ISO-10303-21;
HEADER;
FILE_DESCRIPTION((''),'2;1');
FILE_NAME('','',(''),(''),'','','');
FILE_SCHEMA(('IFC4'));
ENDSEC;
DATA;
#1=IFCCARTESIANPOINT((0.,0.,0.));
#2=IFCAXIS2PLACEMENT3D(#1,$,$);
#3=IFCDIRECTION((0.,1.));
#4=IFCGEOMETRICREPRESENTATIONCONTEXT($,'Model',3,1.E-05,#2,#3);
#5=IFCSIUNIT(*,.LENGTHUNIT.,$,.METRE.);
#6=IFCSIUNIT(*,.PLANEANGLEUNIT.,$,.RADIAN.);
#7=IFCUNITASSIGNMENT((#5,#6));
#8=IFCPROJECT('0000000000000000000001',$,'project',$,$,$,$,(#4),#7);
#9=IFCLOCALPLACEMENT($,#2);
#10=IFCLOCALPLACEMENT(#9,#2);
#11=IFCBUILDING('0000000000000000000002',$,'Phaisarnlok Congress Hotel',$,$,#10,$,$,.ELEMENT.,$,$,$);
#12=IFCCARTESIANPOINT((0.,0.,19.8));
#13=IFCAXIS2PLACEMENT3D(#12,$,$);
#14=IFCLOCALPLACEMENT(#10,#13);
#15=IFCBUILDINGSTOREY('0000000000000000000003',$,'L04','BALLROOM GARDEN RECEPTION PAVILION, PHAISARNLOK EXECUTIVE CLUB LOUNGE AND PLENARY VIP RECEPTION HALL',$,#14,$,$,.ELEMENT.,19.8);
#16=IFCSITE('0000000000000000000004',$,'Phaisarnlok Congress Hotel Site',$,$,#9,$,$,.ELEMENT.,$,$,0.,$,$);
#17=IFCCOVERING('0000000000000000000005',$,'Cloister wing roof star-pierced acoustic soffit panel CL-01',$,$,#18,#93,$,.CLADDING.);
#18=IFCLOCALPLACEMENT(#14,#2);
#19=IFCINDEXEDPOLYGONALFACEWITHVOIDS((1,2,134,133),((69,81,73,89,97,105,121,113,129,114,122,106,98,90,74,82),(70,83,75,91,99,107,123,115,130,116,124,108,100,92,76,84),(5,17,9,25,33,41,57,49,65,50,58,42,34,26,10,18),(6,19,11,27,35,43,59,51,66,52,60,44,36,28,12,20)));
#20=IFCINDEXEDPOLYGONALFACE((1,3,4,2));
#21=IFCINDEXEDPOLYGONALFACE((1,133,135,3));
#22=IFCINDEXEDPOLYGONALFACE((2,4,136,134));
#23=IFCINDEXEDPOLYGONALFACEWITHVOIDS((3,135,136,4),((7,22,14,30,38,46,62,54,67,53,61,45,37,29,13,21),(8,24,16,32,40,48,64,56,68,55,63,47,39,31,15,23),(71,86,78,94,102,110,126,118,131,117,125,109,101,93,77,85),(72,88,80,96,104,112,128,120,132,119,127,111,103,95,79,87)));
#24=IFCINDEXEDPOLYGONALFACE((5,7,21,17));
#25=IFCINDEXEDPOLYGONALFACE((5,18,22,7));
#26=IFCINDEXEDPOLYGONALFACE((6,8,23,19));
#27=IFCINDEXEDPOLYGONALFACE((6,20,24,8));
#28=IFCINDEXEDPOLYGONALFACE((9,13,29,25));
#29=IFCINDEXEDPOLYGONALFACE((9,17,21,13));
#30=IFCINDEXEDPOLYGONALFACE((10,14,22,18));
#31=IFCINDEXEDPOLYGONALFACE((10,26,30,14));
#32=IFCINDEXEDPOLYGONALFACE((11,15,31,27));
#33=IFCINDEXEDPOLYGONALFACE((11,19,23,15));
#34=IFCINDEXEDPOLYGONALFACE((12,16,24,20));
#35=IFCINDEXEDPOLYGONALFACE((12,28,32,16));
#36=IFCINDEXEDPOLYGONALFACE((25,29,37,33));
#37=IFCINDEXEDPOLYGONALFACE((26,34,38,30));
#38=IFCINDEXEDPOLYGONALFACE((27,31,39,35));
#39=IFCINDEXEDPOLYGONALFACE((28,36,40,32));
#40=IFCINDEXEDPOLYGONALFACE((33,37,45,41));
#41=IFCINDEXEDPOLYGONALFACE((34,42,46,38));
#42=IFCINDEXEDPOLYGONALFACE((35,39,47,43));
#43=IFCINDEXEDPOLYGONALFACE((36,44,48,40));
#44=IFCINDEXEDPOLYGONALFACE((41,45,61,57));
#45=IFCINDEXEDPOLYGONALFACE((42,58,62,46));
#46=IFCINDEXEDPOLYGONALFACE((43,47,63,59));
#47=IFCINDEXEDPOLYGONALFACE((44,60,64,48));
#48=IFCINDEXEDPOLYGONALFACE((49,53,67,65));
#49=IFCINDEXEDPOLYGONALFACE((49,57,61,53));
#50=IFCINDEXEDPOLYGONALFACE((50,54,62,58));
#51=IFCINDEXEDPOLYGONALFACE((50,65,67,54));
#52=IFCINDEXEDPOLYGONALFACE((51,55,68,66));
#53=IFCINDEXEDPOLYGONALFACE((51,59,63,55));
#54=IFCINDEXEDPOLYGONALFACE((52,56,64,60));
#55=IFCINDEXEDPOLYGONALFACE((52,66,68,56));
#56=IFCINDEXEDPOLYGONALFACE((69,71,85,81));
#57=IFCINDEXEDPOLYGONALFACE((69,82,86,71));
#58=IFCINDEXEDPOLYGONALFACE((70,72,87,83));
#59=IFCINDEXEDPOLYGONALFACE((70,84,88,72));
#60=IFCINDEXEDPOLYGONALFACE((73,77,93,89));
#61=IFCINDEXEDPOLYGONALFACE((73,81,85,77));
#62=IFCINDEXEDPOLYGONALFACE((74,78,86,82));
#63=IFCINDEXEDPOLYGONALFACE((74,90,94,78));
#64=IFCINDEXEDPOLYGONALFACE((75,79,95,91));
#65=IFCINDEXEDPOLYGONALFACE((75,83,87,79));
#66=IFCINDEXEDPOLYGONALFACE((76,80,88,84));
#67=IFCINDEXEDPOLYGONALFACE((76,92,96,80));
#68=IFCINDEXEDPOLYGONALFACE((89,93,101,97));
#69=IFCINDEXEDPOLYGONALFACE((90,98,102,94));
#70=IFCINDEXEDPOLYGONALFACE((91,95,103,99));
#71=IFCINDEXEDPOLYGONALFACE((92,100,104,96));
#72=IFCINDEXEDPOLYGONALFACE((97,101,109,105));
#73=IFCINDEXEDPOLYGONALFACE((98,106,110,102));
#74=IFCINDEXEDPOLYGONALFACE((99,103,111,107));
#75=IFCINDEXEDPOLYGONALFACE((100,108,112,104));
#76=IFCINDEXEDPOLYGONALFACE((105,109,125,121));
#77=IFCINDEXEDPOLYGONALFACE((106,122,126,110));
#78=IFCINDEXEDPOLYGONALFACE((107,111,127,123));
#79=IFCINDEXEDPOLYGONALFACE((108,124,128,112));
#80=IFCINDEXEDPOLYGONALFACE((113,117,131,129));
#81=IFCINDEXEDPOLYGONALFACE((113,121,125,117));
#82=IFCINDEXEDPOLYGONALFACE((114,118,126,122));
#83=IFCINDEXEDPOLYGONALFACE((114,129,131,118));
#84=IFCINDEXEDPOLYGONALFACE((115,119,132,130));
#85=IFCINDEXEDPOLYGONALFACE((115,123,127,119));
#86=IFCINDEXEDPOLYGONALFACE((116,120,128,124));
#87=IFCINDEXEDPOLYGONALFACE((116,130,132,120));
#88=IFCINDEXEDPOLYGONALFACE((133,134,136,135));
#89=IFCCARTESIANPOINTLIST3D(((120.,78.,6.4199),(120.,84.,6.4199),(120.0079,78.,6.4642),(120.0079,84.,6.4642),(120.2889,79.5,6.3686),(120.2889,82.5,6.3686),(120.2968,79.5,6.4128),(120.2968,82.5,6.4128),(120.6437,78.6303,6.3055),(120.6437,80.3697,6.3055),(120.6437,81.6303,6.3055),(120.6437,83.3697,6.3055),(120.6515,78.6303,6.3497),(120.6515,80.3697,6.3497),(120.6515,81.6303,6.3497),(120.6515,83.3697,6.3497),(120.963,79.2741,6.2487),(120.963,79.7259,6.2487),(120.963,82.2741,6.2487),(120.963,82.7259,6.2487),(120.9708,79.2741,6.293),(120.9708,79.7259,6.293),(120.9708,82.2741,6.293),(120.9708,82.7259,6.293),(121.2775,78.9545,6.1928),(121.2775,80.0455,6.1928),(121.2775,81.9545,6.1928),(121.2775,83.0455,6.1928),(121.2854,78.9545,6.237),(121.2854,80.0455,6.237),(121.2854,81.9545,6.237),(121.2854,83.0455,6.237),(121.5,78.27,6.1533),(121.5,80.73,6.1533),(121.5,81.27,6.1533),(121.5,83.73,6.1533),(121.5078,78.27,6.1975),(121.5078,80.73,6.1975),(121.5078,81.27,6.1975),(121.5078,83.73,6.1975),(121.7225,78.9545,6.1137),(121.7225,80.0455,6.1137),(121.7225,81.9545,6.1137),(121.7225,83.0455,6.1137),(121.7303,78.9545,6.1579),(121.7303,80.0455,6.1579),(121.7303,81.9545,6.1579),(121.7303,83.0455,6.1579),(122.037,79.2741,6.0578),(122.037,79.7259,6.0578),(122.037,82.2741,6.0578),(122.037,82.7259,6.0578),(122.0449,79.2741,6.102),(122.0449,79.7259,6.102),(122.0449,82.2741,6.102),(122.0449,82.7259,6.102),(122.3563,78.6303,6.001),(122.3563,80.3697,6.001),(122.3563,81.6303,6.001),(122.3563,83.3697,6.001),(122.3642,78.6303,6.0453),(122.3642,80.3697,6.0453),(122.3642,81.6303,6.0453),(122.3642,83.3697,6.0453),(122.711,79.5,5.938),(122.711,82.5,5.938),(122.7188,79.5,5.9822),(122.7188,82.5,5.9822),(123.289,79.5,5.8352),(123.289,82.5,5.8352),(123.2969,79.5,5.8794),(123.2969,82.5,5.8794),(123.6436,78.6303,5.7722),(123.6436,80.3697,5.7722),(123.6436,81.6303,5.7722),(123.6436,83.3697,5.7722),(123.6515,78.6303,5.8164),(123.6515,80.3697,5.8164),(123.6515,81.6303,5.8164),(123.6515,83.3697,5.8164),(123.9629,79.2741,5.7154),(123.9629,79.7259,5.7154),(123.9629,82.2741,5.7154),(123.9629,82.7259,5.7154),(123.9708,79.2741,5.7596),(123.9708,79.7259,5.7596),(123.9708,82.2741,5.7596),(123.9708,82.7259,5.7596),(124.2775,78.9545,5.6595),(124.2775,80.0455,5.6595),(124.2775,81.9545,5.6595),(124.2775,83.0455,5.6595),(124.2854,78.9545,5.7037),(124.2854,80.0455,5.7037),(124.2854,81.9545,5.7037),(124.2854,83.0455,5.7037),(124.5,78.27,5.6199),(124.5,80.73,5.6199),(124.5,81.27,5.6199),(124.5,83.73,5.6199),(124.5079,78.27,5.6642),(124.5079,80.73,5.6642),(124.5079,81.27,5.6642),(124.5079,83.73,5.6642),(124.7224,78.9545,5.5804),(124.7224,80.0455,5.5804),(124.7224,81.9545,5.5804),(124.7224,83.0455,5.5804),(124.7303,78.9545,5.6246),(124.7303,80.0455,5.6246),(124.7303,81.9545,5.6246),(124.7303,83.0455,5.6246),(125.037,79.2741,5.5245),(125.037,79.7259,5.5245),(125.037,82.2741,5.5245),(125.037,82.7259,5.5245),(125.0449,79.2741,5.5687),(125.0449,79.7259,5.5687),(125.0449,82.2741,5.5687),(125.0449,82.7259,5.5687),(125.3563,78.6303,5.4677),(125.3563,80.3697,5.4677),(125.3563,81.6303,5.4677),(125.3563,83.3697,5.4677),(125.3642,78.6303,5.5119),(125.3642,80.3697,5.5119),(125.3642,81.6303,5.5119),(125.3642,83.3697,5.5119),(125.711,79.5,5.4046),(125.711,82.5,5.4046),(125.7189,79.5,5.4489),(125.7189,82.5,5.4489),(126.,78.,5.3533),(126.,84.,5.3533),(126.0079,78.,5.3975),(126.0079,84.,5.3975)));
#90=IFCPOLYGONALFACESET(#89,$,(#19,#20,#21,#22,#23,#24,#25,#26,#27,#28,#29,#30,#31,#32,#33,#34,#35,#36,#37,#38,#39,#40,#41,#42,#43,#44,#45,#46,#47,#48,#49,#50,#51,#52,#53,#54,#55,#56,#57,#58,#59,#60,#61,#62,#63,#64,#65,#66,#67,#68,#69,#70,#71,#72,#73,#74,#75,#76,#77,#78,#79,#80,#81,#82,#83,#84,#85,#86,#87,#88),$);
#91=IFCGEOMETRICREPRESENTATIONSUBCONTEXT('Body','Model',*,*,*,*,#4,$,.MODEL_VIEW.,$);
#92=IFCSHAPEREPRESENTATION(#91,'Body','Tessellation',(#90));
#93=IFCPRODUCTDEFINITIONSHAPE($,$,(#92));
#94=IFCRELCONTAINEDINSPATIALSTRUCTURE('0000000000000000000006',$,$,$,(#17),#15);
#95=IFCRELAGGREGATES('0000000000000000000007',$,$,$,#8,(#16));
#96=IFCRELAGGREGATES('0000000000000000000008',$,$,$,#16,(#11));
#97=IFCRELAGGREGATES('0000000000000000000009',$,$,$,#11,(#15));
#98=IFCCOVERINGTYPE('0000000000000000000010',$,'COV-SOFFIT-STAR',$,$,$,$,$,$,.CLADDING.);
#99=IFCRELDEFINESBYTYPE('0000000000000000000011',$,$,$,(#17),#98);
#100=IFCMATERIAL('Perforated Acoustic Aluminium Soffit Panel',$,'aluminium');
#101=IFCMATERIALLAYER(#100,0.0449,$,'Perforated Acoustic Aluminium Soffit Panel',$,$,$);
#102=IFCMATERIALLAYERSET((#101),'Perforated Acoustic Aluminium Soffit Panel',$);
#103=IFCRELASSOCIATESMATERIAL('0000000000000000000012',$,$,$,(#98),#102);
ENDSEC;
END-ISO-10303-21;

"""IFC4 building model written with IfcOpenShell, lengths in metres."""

from ifc_helpers import new_model, si_unit, direction, frame, origin, place, context, subcontext, project, spatial, polyline, outline, extrude, material, layer, layer_set, type_object, element, save


model = new_model("IFC4")

# Units and contexts
model_context = context("Model", 3, precision=1e-05, world=origin(), true_north=direction((0.0, 1.0)))
body_context = subcontext(model_context, "Body", "Model", "MODEL_VIEW")
ifc_project = project(units=[si_unit("LENGTHUNIT", "METRE"), si_unit("PLANEANGLEUNIT", "RADIAN")], contexts=[model_context])

# Site, building, storey
site_placement = place(None, origin())
site = spatial("IfcSite", under=ifc_project, at=site_placement, Name="Phaisarnlok Congress Hotel Site", CompositionType="ELEMENT", RefElevation=0.0)
building_placement = place(site_placement, origin())
building = spatial("IfcBuilding", under=site, at=building_placement, Name="Phaisarnlok Congress Hotel", CompositionType="ELEMENT")
storey_placement = place(building_placement, frame((0.0, 0.0, 19.8)))
storey = spatial("IfcBuildingStorey", under=building, at=storey_placement, Name="L04", Description="BALLROOM GARDEN RECEPTION PAVILION, PHAISARNLOK EXECUTIVE CLUB LOUNGE AND PLENARY VIP RECEPTION HALL", CompositionType="ELEMENT", Elevation=19.8)

# Covering
ifc_material_1 = material(Name="Perforated Acoustic Aluminium Soffit Panel", Category="aluminium")
ifc_layer_1 = layer(ifc_material_1, 0.0449, Name="Perforated Acoustic Aluminium Soffit Panel")
ifc_layer_set_1 = layer_set([ifc_layer_1], Name="Perforated Acoustic Aluminium Soffit Panel")
covering_type = type_object("IfcCoveringType", Name="COV-SOFFIT-STAR", PredefinedType="CLADDING", material=ifc_layer_set_1)
covering_1_placement = place(storey_placement, frame((126.0, 78.0, 5.3533), z_axis=(0.175031, 0.0, 0.984563), x_axis=(0.0, 1.0, 0.0)))
element("IfcCovering", 1, at=covering_1_placement, inside=storey, type_object=covering_type, Name="Cloister wing roof star-pierced acoustic soffit panel CL-01", PredefinedType="CLADDING", context=body_context, shape_type="SweptSolid", body=[
    extrude(outline(polyline([(0.0, 0.0), (6.0, 0.0), (6.0, 6.0941), (0.0, 6.0941), (0.0, 0.0)]), holes=[polyline([(2.0455, 1.2976), (2.3697, 0.6538), (1.7259, 0.9781), (1.5, 0.2935), (1.2741, 0.9781), (0.6303, 0.6538), (0.9545, 1.2976), (0.27, 1.5235), (0.9545, 1.7495), (0.6303, 2.3933), (1.2741, 2.069), (1.5, 2.7535), (1.7259, 2.069), (2.3697, 2.3933), (2.0455, 1.7495), (2.73, 1.5235), (2.0455, 1.2976)]), polyline([(2.0455, 4.3446), (2.3697, 3.7008), (1.7259, 4.0251), (1.5, 3.3406), (1.2741, 4.0251), (0.6303, 3.7008), (0.9545, 4.3446), (0.27, 4.5706), (0.9545, 4.7965), (0.6303, 5.4403), (1.2741, 5.116), (1.5, 5.8006), (1.7259, 5.116), (2.3697, 5.4403), (2.0455, 4.7965), (2.73, 4.5706), (2.0455, 4.3446)]), polyline([(5.0455, 1.2976), (5.3697, 0.6538), (4.7259, 0.9781), (4.5, 0.2935), (4.2741, 0.9781), (3.6303, 0.6538), (3.9545, 1.2976), (3.27, 1.5235), (3.9545, 1.7495), (3.6303, 2.3933), (4.2741, 2.069), (4.5, 2.7535), (4.7259, 2.069), (5.3697, 2.3933), (5.0455, 1.7495), (5.73, 1.5235), (5.0455, 1.2976)]), polyline([(5.0455, 4.3446), (5.3697, 3.7008), (4.7259, 4.0251), (4.5, 3.3406), (4.2741, 4.0251), (3.6303, 3.7008), (3.9545, 4.3446), (3.27, 4.5706), (3.9545, 4.7965), (3.6303, 5.4403), (4.2741, 5.116), (4.5, 5.8006), (4.7259, 5.116), (5.3697, 5.4403), (5.0455, 4.7965), (5.73, 4.5706), (5.0455, 4.3446)])]), origin(), (0.0, 0.0, 1.0), 0.0449),
])

save(model, "model.ifc")
